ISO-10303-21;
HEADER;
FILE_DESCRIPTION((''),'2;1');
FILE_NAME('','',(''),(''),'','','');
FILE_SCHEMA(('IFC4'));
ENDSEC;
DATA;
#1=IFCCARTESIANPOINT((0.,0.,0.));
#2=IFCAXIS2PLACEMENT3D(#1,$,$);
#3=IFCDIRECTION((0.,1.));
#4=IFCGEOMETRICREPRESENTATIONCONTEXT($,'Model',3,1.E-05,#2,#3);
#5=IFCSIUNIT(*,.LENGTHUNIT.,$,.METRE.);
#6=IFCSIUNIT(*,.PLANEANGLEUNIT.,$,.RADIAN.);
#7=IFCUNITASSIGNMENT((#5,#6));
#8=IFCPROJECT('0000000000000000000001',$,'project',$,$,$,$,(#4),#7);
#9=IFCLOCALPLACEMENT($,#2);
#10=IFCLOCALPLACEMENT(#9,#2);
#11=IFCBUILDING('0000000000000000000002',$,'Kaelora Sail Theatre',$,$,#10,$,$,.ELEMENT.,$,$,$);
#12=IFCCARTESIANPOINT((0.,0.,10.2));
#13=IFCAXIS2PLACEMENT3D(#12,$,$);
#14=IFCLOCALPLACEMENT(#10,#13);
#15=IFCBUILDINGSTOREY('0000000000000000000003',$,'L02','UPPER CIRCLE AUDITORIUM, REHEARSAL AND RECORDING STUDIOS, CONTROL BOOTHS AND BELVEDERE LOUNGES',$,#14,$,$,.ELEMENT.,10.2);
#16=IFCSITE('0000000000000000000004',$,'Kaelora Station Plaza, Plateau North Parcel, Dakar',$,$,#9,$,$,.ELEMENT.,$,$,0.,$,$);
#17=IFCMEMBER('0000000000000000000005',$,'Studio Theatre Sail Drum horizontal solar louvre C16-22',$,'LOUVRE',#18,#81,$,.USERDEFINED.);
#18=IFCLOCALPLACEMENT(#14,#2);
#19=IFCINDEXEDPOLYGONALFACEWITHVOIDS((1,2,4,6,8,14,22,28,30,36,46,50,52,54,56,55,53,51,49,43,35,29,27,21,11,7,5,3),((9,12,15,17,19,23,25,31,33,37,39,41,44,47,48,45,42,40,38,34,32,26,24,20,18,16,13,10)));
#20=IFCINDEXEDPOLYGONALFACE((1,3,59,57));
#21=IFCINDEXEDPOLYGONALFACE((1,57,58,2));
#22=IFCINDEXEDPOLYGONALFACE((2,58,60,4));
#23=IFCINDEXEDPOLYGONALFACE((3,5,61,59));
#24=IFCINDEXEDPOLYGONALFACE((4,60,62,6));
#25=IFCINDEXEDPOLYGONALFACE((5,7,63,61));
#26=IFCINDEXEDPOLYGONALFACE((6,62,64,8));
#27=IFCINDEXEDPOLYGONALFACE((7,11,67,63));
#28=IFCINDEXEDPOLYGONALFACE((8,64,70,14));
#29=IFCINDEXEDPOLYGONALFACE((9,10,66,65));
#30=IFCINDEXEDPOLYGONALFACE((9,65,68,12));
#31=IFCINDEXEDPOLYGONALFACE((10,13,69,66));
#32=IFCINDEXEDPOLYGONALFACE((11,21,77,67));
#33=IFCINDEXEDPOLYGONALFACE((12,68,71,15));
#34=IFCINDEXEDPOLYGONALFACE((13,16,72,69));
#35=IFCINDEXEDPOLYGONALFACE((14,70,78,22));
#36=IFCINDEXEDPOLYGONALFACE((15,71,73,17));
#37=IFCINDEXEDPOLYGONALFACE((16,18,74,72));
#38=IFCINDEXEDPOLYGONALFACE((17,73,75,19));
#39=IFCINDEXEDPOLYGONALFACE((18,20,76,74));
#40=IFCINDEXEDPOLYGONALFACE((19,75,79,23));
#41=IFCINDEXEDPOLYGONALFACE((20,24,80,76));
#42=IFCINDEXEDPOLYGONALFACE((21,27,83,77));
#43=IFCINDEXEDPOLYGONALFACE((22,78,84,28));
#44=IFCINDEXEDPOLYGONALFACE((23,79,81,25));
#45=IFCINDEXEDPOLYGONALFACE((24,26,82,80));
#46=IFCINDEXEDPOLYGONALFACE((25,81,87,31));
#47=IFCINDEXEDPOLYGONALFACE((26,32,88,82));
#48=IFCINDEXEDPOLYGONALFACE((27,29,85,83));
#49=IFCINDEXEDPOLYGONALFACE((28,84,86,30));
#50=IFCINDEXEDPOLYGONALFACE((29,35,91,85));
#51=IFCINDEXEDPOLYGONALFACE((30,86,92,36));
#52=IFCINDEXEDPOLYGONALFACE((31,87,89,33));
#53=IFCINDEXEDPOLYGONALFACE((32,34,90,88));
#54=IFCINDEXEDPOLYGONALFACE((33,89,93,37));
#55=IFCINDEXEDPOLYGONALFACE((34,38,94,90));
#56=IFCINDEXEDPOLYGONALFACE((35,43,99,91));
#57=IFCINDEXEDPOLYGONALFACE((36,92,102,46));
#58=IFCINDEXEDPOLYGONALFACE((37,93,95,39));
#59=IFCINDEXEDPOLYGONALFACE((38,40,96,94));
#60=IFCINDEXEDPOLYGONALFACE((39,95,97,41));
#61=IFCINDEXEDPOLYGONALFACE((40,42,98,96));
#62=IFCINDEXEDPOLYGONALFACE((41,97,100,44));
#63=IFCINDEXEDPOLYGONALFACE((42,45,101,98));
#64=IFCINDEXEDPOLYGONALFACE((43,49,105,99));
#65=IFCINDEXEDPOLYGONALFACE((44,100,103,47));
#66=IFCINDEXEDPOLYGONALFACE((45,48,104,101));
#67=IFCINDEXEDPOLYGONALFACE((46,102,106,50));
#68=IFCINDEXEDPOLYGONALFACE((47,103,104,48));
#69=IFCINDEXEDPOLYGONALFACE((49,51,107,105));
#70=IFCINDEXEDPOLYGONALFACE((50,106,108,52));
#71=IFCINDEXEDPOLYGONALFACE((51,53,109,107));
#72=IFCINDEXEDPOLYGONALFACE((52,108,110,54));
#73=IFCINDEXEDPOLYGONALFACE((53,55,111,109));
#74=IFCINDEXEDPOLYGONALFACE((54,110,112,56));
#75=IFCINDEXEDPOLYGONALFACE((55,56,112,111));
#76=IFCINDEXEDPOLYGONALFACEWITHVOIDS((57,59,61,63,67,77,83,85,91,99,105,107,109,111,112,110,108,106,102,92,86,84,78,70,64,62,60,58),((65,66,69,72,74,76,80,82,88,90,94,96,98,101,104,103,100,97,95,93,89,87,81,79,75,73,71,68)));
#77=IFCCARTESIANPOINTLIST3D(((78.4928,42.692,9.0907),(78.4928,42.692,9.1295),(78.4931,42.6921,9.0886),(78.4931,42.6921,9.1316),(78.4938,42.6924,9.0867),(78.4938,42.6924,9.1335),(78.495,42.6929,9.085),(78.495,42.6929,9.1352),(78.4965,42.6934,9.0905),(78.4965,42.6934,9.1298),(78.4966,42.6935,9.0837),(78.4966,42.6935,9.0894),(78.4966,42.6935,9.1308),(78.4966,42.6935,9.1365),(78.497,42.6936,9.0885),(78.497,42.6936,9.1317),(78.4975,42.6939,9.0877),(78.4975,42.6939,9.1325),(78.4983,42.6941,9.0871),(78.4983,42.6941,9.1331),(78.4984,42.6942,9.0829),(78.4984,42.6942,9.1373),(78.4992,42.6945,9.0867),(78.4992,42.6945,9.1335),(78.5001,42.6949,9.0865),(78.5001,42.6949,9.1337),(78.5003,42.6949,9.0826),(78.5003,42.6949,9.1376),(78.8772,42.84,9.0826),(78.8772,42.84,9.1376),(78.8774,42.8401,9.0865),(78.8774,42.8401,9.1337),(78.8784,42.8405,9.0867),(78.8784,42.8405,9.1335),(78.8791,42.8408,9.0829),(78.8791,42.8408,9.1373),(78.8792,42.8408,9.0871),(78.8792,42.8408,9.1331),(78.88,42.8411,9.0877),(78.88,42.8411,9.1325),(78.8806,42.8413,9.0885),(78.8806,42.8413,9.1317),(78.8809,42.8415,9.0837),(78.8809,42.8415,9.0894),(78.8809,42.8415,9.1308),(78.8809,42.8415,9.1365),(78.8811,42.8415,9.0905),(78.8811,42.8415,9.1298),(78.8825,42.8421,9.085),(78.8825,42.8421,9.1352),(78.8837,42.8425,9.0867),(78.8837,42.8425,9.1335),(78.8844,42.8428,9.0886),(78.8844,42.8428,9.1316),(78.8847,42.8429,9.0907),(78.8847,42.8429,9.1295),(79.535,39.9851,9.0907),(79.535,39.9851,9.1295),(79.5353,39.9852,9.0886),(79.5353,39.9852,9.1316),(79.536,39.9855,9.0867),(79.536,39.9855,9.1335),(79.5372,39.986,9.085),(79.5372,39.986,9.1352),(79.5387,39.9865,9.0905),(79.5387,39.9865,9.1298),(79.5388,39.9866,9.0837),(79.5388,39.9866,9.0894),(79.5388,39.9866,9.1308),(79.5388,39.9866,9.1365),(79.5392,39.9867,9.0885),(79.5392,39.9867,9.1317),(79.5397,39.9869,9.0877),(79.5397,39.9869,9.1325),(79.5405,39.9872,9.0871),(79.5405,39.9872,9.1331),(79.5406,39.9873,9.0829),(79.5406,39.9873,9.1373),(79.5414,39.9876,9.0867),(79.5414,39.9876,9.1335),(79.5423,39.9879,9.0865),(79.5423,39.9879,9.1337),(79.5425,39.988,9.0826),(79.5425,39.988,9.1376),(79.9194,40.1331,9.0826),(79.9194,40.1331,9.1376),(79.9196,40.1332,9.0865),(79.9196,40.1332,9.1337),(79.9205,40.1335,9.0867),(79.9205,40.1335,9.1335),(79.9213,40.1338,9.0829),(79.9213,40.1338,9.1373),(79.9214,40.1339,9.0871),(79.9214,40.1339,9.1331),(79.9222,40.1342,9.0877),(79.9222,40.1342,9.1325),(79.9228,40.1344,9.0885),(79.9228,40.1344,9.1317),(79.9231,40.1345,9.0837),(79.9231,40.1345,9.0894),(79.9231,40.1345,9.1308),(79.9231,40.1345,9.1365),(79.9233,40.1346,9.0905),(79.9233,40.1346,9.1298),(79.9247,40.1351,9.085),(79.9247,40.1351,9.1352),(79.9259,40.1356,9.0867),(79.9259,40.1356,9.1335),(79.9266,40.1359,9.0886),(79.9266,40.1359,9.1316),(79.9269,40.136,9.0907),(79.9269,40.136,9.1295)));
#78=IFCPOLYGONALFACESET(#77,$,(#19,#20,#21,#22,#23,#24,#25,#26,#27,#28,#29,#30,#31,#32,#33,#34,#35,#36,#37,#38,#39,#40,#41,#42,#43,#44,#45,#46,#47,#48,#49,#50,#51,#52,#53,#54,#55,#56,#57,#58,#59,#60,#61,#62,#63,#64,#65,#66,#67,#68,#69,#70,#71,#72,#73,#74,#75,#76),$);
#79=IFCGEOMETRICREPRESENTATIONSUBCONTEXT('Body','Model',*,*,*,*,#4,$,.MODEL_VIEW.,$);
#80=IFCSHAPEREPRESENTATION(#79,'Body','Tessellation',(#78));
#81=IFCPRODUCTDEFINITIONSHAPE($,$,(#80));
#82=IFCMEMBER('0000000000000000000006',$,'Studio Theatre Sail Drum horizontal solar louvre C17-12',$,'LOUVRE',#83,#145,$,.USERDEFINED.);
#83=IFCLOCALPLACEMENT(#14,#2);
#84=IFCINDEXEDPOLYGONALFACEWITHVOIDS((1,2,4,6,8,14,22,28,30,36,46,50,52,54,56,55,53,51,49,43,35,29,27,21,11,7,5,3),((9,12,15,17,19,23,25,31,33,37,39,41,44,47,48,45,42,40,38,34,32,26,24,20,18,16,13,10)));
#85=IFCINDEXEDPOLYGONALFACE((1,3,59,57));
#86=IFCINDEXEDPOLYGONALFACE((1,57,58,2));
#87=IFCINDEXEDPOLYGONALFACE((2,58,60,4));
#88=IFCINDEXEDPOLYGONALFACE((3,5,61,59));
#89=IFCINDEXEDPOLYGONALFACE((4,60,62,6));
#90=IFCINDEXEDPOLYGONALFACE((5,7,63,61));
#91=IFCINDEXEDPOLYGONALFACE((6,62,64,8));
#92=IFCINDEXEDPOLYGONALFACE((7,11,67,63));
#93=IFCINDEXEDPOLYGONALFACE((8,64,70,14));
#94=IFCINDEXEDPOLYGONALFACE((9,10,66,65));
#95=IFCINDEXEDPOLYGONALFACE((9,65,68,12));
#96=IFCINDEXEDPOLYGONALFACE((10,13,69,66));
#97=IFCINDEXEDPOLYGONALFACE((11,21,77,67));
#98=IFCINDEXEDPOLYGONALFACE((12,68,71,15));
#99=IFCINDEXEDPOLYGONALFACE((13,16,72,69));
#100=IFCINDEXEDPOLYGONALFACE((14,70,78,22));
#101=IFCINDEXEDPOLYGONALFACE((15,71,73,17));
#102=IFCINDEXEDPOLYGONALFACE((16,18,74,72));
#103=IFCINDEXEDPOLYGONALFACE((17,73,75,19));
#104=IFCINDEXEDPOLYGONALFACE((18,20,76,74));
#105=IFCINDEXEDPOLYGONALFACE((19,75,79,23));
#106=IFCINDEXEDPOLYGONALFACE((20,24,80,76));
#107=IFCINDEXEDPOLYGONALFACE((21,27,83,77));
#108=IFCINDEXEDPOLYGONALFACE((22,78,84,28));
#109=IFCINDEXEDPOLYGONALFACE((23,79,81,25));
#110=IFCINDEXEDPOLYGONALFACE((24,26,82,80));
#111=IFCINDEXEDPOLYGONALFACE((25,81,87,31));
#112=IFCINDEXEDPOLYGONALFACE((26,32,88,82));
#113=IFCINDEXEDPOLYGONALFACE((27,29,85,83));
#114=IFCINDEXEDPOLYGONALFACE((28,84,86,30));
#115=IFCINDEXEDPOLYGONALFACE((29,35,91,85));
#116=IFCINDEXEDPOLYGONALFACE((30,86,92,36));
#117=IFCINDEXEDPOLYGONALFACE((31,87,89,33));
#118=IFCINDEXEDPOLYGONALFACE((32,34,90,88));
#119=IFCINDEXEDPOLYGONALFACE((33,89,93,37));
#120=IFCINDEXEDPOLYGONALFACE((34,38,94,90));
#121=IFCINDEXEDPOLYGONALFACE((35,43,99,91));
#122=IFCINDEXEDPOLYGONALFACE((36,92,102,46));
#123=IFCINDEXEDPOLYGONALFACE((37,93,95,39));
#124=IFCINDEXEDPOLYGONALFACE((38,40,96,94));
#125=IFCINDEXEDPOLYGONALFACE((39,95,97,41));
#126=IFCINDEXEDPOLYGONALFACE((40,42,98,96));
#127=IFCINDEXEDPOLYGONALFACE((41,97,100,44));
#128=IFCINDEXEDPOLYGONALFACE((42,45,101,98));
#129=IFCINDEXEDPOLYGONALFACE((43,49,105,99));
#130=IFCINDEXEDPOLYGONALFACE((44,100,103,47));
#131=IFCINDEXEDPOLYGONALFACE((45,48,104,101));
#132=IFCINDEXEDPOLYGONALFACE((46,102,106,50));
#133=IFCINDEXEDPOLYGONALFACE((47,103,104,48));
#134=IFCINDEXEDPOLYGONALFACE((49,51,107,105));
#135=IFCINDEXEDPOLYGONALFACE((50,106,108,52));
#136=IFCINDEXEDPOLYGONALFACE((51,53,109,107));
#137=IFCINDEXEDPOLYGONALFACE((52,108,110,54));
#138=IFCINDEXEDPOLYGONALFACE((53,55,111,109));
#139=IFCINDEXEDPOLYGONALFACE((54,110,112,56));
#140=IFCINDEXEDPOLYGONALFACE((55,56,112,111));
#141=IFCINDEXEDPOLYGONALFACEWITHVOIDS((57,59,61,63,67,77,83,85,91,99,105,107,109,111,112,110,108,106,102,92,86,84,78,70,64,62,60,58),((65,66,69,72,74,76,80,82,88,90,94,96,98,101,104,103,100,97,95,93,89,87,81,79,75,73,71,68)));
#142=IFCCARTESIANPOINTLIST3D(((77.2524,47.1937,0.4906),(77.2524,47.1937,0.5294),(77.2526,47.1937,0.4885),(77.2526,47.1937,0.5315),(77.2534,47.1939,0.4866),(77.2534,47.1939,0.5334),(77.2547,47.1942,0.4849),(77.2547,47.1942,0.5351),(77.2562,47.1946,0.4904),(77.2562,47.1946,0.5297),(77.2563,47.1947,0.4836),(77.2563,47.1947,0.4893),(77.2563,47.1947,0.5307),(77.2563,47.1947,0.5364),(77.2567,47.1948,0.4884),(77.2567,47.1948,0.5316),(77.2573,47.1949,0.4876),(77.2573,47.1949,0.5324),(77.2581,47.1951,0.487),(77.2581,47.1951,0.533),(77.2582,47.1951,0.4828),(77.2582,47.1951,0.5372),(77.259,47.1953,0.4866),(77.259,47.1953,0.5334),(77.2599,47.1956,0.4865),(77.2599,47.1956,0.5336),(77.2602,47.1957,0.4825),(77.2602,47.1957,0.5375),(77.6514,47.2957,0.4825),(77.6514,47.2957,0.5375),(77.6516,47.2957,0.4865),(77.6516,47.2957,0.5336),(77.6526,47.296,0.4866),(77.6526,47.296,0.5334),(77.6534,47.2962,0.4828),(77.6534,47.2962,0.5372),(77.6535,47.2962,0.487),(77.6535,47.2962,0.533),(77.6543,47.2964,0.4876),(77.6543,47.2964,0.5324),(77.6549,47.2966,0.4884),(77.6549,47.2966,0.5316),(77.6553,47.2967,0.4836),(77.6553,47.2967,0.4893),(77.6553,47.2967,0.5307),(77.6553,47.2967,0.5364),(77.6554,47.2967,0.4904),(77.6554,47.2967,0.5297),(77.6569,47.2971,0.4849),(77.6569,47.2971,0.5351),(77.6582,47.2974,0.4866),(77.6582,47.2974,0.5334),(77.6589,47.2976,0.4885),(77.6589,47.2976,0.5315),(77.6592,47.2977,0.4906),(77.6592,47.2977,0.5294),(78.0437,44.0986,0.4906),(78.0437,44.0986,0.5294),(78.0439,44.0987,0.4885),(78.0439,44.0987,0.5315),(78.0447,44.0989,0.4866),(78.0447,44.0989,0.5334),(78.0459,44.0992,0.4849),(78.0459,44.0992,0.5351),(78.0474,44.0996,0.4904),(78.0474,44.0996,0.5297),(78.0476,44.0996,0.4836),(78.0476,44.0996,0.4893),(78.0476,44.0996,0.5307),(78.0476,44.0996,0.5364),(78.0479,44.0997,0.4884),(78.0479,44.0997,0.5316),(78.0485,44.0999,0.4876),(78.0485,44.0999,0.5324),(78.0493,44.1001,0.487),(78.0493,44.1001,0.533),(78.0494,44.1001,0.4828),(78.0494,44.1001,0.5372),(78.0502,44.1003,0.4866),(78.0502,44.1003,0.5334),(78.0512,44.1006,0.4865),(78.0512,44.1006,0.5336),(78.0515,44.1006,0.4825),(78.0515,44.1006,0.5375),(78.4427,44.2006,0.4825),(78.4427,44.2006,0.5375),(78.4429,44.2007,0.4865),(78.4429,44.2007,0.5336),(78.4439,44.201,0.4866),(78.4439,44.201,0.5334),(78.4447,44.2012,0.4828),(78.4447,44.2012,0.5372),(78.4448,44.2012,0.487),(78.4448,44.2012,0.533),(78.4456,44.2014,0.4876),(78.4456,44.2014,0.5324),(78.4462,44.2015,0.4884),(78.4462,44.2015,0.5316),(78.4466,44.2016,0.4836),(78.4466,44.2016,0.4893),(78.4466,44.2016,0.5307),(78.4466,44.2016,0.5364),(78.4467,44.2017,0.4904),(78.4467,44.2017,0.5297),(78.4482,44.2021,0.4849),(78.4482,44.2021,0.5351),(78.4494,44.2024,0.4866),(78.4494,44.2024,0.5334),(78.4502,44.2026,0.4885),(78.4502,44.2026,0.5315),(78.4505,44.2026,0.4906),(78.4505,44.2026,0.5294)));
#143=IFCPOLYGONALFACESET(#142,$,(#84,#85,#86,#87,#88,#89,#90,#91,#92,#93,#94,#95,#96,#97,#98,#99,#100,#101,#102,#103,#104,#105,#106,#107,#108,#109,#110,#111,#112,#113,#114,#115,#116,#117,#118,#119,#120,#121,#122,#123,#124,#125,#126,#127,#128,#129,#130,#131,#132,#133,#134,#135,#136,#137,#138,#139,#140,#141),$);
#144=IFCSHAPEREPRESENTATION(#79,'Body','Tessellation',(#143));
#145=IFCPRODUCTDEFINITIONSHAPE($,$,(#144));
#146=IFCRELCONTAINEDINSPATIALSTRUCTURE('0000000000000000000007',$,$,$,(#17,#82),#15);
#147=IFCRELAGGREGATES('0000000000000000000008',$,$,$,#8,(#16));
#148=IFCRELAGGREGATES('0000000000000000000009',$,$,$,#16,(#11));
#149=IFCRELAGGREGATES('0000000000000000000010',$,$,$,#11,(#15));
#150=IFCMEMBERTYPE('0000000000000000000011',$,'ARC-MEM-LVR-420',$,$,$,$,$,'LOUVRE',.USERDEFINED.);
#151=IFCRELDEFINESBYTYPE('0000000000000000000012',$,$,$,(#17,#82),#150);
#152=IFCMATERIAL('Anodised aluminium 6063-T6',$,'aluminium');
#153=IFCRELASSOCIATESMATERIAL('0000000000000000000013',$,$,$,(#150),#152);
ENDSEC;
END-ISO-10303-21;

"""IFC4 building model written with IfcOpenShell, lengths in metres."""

from ifc_helpers import new_model, si_unit, direction, frame, origin, origin_2d, place, context, subcontext, project, spatial, hollow_rectangle, extrude, material, material_profile, profile_set, type_object, element, save


model = new_model("IFC4")

# Units and contexts
model_context = context("Model", 3, precision=1e-05, world=origin(), true_north=direction((0.0, 1.0)))
body_context = subcontext(model_context, "Body", "Model", "MODEL_VIEW")
ifc_project = project(units=[si_unit("LENGTHUNIT", "METRE"), si_unit("PLANEANGLEUNIT", "RADIAN")], contexts=[model_context])

# Site, building, storey
site_placement = place(None, origin())
site = spatial("IfcSite", under=ifc_project, at=site_placement, Name="Kaelora Station Plaza, Plateau North Parcel, Dakar", CompositionType="ELEMENT", RefElevation=0.0)
building_placement = place(site_placement, origin())
building = spatial("IfcBuilding", under=site, at=building_placement, Name="Kaelora Sail Theatre", CompositionType="ELEMENT")
storey_placement = place(building_placement, frame((0.0, 0.0, 10.2)))
storey = spatial("IfcBuildingStorey", under=building, at=storey_placement, Name="L02", Description="UPPER CIRCLE AUDITORIUM, REHEARSAL AND RECORDING STUDIOS, CONTROL BOOTHS AND BELVEDERE LOUNGES", CompositionType="ELEMENT", Elevation=10.2)

# Members
ifc_material_1 = material(Name="Anodised aluminium 6063-T6", Category="aluminium")
ifc_material_profile_1 = material_profile(ifc_material_1, hollow_rectangle(XDim=0.4199, YDim=0.0549, WallThickness=0.0039, InnerFilletRadius=0.0039, OuterFilletRadius=0.0081, at=origin_2d()), Name="LOUVRE 420x55x4")
ifc_profile_set_1 = profile_set([ifc_material_profile_1], Name="Anodised aluminium 6063-T6")
member_type = type_object("IfcMemberType", Name="ARC-MEM-LVR-420", ElementType="LOUVRE", PredefinedType="USERDEFINED", material=ifc_profile_set_1)
for number, where, z_axis, x_axis, name in (
    (1, (79.731, 40.0605, 9.1101), (-0.359301, 0.933222, 0.0), (-0.933222, -0.359301, 0.0), "Studio Theatre Sail Drum horizontal solar louvre C16-22"),
):
    element("IfcMember", number, at=place(storey_placement, frame(where, z_axis=z_axis, x_axis=x_axis)), inside=storey, type_object=member_type, Name=name, ObjectType="LOUVRE", PredefinedType="USERDEFINED", context=body_context, shape_type="SweptSolid", body=[
        extrude(hollow_rectangle(XDim=0.4199, YDim=0.0549, WallThickness=0.0039, InnerFilletRadius=0.0039, OuterFilletRadius=0.0081, at=origin_2d()), origin(), (0.0, 0.0, 1.0), 2.9006),
    ])
for number, where, z_axis, x_axis, name in (
    (2, (78.2471, 44.1506, 0.51), (-0.247693, 0.968839, 0.0), (-0.968839, -0.247693, 0.0), "Studio Theatre Sail Drum horizontal solar louvre C17-12"),
):
    element("IfcMember", number, at=place(storey_placement, frame(where, z_axis=z_axis, x_axis=x_axis)), inside=storey, type_object=member_type, Name=name, ObjectType="LOUVRE", PredefinedType="USERDEFINED", context=body_context, shape_type="SweptSolid", body=[
        extrude(hollow_rectangle(XDim=0.4199, YDim=0.0549, WallThickness=0.0039, InnerFilletRadius=0.0039, OuterFilletRadius=0.0081, at=origin_2d()), origin(), (0.0, 0.0, 1.0), 3.1946),
    ])

save(model, "model.ifc")
